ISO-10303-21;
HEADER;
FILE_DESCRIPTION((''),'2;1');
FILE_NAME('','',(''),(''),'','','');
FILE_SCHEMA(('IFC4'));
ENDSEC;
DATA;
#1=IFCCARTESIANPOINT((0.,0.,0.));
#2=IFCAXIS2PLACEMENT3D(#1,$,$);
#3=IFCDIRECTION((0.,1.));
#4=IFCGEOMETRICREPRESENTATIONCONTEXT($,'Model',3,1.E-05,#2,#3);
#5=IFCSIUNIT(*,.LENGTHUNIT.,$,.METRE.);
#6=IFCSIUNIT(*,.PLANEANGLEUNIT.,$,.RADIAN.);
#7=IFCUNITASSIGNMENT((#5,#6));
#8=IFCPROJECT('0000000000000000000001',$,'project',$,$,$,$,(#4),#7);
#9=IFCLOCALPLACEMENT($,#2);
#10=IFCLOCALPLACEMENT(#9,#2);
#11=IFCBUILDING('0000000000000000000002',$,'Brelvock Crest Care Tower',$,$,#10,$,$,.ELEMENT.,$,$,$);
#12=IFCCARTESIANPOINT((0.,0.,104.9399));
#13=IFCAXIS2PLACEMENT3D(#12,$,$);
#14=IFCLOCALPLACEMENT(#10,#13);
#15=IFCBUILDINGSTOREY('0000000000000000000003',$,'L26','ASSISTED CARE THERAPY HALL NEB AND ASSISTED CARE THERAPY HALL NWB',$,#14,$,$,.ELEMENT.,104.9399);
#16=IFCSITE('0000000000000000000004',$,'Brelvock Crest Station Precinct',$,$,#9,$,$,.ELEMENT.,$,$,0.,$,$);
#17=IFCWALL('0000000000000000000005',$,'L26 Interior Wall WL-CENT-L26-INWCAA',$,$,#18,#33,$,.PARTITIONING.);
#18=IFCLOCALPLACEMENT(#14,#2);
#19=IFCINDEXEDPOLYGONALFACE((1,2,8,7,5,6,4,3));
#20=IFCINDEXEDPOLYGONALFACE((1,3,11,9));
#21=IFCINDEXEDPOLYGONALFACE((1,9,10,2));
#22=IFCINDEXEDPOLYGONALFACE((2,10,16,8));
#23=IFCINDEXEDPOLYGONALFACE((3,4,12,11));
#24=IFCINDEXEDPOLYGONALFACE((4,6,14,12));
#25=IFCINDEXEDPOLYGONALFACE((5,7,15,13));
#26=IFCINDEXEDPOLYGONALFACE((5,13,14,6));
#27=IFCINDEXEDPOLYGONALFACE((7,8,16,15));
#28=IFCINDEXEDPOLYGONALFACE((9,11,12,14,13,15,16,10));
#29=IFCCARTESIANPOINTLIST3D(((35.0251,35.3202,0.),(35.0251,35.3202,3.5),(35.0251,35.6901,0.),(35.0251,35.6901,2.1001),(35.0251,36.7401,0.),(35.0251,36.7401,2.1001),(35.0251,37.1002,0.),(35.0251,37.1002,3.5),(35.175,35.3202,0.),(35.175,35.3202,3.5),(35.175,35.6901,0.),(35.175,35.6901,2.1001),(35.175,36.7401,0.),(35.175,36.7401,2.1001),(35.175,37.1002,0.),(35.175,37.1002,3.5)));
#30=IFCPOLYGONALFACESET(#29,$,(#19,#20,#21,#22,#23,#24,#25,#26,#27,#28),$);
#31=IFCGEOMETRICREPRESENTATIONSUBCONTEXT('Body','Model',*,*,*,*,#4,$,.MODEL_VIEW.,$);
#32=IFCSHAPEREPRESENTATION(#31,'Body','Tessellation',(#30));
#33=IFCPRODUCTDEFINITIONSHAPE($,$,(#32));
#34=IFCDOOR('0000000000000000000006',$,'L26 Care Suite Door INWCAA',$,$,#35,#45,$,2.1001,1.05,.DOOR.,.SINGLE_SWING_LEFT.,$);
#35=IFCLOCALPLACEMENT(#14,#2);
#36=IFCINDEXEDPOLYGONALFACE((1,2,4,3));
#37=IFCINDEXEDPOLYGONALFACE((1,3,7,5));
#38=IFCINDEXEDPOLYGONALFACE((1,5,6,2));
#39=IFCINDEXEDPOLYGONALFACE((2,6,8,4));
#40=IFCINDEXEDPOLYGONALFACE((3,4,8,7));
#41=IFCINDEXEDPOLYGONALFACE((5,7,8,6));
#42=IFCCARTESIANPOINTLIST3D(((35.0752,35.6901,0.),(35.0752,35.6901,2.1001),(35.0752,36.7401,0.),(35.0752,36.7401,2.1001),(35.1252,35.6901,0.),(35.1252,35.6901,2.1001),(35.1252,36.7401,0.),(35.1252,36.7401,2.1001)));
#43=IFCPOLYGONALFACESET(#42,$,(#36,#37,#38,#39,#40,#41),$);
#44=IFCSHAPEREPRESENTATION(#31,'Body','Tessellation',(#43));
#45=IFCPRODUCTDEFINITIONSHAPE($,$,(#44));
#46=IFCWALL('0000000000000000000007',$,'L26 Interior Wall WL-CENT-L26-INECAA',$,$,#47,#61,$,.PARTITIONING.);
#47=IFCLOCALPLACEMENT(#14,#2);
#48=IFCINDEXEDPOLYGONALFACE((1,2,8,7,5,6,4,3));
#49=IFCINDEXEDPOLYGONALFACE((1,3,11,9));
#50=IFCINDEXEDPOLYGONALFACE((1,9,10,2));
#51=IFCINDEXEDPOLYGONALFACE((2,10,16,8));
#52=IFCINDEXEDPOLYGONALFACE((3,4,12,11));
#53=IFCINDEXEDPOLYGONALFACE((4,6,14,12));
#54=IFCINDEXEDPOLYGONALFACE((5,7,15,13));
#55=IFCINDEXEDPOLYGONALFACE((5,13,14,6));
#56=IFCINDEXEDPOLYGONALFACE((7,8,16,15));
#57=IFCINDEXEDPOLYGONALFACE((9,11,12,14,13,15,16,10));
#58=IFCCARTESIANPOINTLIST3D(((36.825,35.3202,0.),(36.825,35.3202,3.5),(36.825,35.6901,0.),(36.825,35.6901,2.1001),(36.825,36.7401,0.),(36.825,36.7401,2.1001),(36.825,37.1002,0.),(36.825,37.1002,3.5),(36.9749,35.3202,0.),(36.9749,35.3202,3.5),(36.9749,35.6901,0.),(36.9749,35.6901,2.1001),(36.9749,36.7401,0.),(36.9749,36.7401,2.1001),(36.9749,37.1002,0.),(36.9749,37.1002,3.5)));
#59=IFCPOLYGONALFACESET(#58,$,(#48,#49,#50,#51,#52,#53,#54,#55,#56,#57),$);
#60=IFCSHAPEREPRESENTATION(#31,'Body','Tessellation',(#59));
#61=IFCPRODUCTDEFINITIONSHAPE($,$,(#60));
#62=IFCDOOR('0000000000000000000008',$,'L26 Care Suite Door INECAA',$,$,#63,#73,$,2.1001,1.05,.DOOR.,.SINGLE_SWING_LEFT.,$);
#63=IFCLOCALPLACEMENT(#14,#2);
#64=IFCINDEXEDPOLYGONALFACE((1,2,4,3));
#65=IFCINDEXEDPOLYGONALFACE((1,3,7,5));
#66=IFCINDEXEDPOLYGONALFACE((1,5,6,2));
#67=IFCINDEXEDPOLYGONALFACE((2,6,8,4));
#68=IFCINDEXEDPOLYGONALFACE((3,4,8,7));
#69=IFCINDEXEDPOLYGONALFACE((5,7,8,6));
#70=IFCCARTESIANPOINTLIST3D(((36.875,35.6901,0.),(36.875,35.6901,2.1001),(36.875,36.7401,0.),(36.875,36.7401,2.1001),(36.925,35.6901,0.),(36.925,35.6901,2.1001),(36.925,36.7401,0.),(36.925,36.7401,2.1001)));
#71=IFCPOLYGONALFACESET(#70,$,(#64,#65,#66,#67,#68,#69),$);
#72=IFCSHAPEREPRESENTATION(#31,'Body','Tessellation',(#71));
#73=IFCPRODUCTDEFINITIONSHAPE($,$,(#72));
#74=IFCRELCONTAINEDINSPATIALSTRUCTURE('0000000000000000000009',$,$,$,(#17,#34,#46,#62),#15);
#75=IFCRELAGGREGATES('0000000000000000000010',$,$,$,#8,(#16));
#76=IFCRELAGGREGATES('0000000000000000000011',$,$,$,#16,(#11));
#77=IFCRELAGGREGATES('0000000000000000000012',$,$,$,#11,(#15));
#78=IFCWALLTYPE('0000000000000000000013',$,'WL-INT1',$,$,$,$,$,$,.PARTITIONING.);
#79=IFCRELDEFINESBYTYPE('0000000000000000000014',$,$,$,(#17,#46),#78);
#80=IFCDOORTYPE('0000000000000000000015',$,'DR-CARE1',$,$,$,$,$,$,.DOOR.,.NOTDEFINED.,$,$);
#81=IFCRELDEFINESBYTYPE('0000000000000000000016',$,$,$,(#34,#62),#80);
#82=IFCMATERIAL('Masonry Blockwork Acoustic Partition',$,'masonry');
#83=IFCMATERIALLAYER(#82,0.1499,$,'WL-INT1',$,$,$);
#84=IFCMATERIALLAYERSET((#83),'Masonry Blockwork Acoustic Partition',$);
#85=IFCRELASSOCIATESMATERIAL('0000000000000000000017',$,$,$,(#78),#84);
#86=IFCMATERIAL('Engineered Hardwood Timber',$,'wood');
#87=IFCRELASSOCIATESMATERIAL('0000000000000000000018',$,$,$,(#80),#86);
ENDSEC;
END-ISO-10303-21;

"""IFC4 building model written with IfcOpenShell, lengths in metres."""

from ifc_helpers import new_model, si_unit, direction, frame, frame_2d, origin, origin_2d, place, context, subcontext, project, spatial, rectangle, extrude, source, transform, mapped, material, layer, layer_set, type_object, element, fill, save


model = new_model("IFC4")

# Units and contexts
model_context = context("Model", 3, precision=1e-05, world=origin(), true_north=direction((0.0, 1.0)))
body_context = subcontext(model_context, "Body", "Model", "MODEL_VIEW")
ifc_project = project(units=[si_unit("LENGTHUNIT", "METRE"), si_unit("PLANEANGLEUNIT", "RADIAN")], contexts=[model_context])

# Site, building, storey
site_placement = place(None, origin())
site = spatial("IfcSite", under=ifc_project, at=site_placement, Name="Brelvock Crest Station Precinct", CompositionType="ELEMENT", RefElevation=0.0)
building_placement = place(site_placement, origin())
building = spatial("IfcBuilding", under=site, at=building_placement, Name="Brelvock Crest Care Tower", CompositionType="ELEMENT")
storey_placement = place(building_placement, frame((0.0, 0.0, 104.9399)))
storey = spatial("IfcBuildingStorey", under=building, at=storey_placement, Name="L26", Description="ASSISTED CARE THERAPY HALL NEB AND ASSISTED CARE THERAPY HALL NWB", CompositionType="ELEMENT", Elevation=104.9399)

# Shared definitions
ifc_material_1 = material(Name="Masonry Blockwork Acoustic Partition", Category="masonry")
ifc_layer = layer(ifc_material_1, 0.1499, Name="WL-INT1")
ifc_layer_set = layer_set([ifc_layer], Name="Masonry Blockwork Acoustic Partition")
wall_type = type_object("IfcWallType", Name="WL-INT1", PredefinedType="PARTITIONING", material=ifc_layer_set)

# Walls, openings, doors
wall_1_placement = place(storey_placement, frame((35.1001, 35.3201, 0.0), z_axis=(0.0, 0.0, 1.0), x_axis=(0.0, 1.0, 0.0)))
wall_1 = element("IfcWall", 1, at=wall_1_placement, inside=storey, type_object=wall_type, Name="L26 Interior Wall WL-CENT-L26-INWCAA", PredefinedType="PARTITIONING", context=body_context, shape_type="SweptSolid", body=[
    extrude(rectangle(XDim=1.78, YDim=0.1499, at=frame_2d((0.8901, 0.0))), origin(), (0.0, 0.0, 1.0), 3.5),
])
opening_1_placement = place(wall_1_placement, frame((0.3701, 0.0, 0.0)))
opening_1 = element("IfcOpeningElement", 2, at=opening_1_placement, cuts=wall_1, PredefinedType="OPENING", context=body_context, shape_type="SweptSolid", body=[
    extrude(rectangle(XDim=1.05, YDim=2.1001, at=origin_2d()), frame((0.5249, 0.085, 1.05), z_axis=(0.0, -1.0, 0.0), x_axis=(1.0, 0.0, 0.0)), (0.0, 0.0, 1.0), 0.1699),
])
ifc_material_2 = material(Name="Engineered Hardwood Timber", Category="wood")
door_type = type_object("IfcDoorType", Name="DR-CARE1", OperationType="NOTDEFINED", PredefinedType="DOOR", material=ifc_material_2)
shared_shape_1 = source(origin(), body_context, "Body", "SweptSolid", [
    extrude(rectangle(XDim=1.05, YDim=2.1001, at=origin_2d()), frame((0.5249, 0.0249, 1.05), z_axis=(0.0, -1.0, 0.0), x_axis=(1.0, 0.0, 0.0)), (0.0, 0.0, 1.0), 0.05),
])
door_1_placement = place(opening_1_placement, origin())
door_1 = element("IfcDoor", 3, at=door_1_placement, inside=storey, type_object=door_type, Name="L26 Care Suite Door INWCAA", OperationType="SINGLE_SWING_LEFT", OverallHeight=2.1001, OverallWidth=1.05, PredefinedType="DOOR", context=body_context, shape_type="MappedRepresentation", body=[
    mapped(shared_shape_1, transform((0.0, 0.0, 0.0), x_axis=(1.0, 0.0, 0.0), y_axis=(0.0, 1.0, 0.0), z_axis=(0.0, 0.0, 1.0), scale=1.0)),
])
fill(opening_1, door_1)
wall_2_placement = place(storey_placement, frame((36.8999, 35.3201, 0.0), z_axis=(0.0, 0.0, 1.0), x_axis=(0.0, 1.0, 0.0)))
wall_2 = element("IfcWall", 4, at=wall_2_placement, inside=storey, type_object=wall_type, Name="L26 Interior Wall WL-CENT-L26-INECAA", PredefinedType="PARTITIONING", context=body_context, shape_type="SweptSolid", body=[
    extrude(rectangle(XDim=1.78, YDim=0.1499, at=frame_2d((0.8901, 0.0))), origin(), (0.0, 0.0, 1.0), 3.5),
])
opening_2_placement = place(wall_2_placement, frame((0.3701, 0.0, 0.0)))
opening_2 = element("IfcOpeningElement", 5, at=opening_2_placement, cuts=wall_2, PredefinedType="OPENING", context=body_context, shape_type="SweptSolid", body=[
    extrude(rectangle(XDim=1.05, YDim=2.1001, at=origin_2d()), frame((0.5249, 0.085, 1.05), z_axis=(0.0, -1.0, 0.0), x_axis=(1.0, 0.0, 0.0)), (0.0, 0.0, 1.0), 0.1699),
])
door_2_placement = place(opening_2_placement, origin())
door_2 = element("IfcDoor", 6, at=door_2_placement, inside=storey, type_object=door_type, Name="L26 Care Suite Door INECAA", OperationType="SINGLE_SWING_LEFT", OverallHeight=2.1001, OverallWidth=1.05, PredefinedType="DOOR", context=body_context, shape_type="MappedRepresentation", body=[
    mapped(shared_shape_1, transform((0.0, 0.0, 0.0), x_axis=(1.0, 0.0, 0.0), y_axis=(0.0, 1.0, 0.0), z_axis=(0.0, 0.0, 1.0), scale=1.0)),
])
fill(opening_2, door_2)

save(model, "model.ifc")
